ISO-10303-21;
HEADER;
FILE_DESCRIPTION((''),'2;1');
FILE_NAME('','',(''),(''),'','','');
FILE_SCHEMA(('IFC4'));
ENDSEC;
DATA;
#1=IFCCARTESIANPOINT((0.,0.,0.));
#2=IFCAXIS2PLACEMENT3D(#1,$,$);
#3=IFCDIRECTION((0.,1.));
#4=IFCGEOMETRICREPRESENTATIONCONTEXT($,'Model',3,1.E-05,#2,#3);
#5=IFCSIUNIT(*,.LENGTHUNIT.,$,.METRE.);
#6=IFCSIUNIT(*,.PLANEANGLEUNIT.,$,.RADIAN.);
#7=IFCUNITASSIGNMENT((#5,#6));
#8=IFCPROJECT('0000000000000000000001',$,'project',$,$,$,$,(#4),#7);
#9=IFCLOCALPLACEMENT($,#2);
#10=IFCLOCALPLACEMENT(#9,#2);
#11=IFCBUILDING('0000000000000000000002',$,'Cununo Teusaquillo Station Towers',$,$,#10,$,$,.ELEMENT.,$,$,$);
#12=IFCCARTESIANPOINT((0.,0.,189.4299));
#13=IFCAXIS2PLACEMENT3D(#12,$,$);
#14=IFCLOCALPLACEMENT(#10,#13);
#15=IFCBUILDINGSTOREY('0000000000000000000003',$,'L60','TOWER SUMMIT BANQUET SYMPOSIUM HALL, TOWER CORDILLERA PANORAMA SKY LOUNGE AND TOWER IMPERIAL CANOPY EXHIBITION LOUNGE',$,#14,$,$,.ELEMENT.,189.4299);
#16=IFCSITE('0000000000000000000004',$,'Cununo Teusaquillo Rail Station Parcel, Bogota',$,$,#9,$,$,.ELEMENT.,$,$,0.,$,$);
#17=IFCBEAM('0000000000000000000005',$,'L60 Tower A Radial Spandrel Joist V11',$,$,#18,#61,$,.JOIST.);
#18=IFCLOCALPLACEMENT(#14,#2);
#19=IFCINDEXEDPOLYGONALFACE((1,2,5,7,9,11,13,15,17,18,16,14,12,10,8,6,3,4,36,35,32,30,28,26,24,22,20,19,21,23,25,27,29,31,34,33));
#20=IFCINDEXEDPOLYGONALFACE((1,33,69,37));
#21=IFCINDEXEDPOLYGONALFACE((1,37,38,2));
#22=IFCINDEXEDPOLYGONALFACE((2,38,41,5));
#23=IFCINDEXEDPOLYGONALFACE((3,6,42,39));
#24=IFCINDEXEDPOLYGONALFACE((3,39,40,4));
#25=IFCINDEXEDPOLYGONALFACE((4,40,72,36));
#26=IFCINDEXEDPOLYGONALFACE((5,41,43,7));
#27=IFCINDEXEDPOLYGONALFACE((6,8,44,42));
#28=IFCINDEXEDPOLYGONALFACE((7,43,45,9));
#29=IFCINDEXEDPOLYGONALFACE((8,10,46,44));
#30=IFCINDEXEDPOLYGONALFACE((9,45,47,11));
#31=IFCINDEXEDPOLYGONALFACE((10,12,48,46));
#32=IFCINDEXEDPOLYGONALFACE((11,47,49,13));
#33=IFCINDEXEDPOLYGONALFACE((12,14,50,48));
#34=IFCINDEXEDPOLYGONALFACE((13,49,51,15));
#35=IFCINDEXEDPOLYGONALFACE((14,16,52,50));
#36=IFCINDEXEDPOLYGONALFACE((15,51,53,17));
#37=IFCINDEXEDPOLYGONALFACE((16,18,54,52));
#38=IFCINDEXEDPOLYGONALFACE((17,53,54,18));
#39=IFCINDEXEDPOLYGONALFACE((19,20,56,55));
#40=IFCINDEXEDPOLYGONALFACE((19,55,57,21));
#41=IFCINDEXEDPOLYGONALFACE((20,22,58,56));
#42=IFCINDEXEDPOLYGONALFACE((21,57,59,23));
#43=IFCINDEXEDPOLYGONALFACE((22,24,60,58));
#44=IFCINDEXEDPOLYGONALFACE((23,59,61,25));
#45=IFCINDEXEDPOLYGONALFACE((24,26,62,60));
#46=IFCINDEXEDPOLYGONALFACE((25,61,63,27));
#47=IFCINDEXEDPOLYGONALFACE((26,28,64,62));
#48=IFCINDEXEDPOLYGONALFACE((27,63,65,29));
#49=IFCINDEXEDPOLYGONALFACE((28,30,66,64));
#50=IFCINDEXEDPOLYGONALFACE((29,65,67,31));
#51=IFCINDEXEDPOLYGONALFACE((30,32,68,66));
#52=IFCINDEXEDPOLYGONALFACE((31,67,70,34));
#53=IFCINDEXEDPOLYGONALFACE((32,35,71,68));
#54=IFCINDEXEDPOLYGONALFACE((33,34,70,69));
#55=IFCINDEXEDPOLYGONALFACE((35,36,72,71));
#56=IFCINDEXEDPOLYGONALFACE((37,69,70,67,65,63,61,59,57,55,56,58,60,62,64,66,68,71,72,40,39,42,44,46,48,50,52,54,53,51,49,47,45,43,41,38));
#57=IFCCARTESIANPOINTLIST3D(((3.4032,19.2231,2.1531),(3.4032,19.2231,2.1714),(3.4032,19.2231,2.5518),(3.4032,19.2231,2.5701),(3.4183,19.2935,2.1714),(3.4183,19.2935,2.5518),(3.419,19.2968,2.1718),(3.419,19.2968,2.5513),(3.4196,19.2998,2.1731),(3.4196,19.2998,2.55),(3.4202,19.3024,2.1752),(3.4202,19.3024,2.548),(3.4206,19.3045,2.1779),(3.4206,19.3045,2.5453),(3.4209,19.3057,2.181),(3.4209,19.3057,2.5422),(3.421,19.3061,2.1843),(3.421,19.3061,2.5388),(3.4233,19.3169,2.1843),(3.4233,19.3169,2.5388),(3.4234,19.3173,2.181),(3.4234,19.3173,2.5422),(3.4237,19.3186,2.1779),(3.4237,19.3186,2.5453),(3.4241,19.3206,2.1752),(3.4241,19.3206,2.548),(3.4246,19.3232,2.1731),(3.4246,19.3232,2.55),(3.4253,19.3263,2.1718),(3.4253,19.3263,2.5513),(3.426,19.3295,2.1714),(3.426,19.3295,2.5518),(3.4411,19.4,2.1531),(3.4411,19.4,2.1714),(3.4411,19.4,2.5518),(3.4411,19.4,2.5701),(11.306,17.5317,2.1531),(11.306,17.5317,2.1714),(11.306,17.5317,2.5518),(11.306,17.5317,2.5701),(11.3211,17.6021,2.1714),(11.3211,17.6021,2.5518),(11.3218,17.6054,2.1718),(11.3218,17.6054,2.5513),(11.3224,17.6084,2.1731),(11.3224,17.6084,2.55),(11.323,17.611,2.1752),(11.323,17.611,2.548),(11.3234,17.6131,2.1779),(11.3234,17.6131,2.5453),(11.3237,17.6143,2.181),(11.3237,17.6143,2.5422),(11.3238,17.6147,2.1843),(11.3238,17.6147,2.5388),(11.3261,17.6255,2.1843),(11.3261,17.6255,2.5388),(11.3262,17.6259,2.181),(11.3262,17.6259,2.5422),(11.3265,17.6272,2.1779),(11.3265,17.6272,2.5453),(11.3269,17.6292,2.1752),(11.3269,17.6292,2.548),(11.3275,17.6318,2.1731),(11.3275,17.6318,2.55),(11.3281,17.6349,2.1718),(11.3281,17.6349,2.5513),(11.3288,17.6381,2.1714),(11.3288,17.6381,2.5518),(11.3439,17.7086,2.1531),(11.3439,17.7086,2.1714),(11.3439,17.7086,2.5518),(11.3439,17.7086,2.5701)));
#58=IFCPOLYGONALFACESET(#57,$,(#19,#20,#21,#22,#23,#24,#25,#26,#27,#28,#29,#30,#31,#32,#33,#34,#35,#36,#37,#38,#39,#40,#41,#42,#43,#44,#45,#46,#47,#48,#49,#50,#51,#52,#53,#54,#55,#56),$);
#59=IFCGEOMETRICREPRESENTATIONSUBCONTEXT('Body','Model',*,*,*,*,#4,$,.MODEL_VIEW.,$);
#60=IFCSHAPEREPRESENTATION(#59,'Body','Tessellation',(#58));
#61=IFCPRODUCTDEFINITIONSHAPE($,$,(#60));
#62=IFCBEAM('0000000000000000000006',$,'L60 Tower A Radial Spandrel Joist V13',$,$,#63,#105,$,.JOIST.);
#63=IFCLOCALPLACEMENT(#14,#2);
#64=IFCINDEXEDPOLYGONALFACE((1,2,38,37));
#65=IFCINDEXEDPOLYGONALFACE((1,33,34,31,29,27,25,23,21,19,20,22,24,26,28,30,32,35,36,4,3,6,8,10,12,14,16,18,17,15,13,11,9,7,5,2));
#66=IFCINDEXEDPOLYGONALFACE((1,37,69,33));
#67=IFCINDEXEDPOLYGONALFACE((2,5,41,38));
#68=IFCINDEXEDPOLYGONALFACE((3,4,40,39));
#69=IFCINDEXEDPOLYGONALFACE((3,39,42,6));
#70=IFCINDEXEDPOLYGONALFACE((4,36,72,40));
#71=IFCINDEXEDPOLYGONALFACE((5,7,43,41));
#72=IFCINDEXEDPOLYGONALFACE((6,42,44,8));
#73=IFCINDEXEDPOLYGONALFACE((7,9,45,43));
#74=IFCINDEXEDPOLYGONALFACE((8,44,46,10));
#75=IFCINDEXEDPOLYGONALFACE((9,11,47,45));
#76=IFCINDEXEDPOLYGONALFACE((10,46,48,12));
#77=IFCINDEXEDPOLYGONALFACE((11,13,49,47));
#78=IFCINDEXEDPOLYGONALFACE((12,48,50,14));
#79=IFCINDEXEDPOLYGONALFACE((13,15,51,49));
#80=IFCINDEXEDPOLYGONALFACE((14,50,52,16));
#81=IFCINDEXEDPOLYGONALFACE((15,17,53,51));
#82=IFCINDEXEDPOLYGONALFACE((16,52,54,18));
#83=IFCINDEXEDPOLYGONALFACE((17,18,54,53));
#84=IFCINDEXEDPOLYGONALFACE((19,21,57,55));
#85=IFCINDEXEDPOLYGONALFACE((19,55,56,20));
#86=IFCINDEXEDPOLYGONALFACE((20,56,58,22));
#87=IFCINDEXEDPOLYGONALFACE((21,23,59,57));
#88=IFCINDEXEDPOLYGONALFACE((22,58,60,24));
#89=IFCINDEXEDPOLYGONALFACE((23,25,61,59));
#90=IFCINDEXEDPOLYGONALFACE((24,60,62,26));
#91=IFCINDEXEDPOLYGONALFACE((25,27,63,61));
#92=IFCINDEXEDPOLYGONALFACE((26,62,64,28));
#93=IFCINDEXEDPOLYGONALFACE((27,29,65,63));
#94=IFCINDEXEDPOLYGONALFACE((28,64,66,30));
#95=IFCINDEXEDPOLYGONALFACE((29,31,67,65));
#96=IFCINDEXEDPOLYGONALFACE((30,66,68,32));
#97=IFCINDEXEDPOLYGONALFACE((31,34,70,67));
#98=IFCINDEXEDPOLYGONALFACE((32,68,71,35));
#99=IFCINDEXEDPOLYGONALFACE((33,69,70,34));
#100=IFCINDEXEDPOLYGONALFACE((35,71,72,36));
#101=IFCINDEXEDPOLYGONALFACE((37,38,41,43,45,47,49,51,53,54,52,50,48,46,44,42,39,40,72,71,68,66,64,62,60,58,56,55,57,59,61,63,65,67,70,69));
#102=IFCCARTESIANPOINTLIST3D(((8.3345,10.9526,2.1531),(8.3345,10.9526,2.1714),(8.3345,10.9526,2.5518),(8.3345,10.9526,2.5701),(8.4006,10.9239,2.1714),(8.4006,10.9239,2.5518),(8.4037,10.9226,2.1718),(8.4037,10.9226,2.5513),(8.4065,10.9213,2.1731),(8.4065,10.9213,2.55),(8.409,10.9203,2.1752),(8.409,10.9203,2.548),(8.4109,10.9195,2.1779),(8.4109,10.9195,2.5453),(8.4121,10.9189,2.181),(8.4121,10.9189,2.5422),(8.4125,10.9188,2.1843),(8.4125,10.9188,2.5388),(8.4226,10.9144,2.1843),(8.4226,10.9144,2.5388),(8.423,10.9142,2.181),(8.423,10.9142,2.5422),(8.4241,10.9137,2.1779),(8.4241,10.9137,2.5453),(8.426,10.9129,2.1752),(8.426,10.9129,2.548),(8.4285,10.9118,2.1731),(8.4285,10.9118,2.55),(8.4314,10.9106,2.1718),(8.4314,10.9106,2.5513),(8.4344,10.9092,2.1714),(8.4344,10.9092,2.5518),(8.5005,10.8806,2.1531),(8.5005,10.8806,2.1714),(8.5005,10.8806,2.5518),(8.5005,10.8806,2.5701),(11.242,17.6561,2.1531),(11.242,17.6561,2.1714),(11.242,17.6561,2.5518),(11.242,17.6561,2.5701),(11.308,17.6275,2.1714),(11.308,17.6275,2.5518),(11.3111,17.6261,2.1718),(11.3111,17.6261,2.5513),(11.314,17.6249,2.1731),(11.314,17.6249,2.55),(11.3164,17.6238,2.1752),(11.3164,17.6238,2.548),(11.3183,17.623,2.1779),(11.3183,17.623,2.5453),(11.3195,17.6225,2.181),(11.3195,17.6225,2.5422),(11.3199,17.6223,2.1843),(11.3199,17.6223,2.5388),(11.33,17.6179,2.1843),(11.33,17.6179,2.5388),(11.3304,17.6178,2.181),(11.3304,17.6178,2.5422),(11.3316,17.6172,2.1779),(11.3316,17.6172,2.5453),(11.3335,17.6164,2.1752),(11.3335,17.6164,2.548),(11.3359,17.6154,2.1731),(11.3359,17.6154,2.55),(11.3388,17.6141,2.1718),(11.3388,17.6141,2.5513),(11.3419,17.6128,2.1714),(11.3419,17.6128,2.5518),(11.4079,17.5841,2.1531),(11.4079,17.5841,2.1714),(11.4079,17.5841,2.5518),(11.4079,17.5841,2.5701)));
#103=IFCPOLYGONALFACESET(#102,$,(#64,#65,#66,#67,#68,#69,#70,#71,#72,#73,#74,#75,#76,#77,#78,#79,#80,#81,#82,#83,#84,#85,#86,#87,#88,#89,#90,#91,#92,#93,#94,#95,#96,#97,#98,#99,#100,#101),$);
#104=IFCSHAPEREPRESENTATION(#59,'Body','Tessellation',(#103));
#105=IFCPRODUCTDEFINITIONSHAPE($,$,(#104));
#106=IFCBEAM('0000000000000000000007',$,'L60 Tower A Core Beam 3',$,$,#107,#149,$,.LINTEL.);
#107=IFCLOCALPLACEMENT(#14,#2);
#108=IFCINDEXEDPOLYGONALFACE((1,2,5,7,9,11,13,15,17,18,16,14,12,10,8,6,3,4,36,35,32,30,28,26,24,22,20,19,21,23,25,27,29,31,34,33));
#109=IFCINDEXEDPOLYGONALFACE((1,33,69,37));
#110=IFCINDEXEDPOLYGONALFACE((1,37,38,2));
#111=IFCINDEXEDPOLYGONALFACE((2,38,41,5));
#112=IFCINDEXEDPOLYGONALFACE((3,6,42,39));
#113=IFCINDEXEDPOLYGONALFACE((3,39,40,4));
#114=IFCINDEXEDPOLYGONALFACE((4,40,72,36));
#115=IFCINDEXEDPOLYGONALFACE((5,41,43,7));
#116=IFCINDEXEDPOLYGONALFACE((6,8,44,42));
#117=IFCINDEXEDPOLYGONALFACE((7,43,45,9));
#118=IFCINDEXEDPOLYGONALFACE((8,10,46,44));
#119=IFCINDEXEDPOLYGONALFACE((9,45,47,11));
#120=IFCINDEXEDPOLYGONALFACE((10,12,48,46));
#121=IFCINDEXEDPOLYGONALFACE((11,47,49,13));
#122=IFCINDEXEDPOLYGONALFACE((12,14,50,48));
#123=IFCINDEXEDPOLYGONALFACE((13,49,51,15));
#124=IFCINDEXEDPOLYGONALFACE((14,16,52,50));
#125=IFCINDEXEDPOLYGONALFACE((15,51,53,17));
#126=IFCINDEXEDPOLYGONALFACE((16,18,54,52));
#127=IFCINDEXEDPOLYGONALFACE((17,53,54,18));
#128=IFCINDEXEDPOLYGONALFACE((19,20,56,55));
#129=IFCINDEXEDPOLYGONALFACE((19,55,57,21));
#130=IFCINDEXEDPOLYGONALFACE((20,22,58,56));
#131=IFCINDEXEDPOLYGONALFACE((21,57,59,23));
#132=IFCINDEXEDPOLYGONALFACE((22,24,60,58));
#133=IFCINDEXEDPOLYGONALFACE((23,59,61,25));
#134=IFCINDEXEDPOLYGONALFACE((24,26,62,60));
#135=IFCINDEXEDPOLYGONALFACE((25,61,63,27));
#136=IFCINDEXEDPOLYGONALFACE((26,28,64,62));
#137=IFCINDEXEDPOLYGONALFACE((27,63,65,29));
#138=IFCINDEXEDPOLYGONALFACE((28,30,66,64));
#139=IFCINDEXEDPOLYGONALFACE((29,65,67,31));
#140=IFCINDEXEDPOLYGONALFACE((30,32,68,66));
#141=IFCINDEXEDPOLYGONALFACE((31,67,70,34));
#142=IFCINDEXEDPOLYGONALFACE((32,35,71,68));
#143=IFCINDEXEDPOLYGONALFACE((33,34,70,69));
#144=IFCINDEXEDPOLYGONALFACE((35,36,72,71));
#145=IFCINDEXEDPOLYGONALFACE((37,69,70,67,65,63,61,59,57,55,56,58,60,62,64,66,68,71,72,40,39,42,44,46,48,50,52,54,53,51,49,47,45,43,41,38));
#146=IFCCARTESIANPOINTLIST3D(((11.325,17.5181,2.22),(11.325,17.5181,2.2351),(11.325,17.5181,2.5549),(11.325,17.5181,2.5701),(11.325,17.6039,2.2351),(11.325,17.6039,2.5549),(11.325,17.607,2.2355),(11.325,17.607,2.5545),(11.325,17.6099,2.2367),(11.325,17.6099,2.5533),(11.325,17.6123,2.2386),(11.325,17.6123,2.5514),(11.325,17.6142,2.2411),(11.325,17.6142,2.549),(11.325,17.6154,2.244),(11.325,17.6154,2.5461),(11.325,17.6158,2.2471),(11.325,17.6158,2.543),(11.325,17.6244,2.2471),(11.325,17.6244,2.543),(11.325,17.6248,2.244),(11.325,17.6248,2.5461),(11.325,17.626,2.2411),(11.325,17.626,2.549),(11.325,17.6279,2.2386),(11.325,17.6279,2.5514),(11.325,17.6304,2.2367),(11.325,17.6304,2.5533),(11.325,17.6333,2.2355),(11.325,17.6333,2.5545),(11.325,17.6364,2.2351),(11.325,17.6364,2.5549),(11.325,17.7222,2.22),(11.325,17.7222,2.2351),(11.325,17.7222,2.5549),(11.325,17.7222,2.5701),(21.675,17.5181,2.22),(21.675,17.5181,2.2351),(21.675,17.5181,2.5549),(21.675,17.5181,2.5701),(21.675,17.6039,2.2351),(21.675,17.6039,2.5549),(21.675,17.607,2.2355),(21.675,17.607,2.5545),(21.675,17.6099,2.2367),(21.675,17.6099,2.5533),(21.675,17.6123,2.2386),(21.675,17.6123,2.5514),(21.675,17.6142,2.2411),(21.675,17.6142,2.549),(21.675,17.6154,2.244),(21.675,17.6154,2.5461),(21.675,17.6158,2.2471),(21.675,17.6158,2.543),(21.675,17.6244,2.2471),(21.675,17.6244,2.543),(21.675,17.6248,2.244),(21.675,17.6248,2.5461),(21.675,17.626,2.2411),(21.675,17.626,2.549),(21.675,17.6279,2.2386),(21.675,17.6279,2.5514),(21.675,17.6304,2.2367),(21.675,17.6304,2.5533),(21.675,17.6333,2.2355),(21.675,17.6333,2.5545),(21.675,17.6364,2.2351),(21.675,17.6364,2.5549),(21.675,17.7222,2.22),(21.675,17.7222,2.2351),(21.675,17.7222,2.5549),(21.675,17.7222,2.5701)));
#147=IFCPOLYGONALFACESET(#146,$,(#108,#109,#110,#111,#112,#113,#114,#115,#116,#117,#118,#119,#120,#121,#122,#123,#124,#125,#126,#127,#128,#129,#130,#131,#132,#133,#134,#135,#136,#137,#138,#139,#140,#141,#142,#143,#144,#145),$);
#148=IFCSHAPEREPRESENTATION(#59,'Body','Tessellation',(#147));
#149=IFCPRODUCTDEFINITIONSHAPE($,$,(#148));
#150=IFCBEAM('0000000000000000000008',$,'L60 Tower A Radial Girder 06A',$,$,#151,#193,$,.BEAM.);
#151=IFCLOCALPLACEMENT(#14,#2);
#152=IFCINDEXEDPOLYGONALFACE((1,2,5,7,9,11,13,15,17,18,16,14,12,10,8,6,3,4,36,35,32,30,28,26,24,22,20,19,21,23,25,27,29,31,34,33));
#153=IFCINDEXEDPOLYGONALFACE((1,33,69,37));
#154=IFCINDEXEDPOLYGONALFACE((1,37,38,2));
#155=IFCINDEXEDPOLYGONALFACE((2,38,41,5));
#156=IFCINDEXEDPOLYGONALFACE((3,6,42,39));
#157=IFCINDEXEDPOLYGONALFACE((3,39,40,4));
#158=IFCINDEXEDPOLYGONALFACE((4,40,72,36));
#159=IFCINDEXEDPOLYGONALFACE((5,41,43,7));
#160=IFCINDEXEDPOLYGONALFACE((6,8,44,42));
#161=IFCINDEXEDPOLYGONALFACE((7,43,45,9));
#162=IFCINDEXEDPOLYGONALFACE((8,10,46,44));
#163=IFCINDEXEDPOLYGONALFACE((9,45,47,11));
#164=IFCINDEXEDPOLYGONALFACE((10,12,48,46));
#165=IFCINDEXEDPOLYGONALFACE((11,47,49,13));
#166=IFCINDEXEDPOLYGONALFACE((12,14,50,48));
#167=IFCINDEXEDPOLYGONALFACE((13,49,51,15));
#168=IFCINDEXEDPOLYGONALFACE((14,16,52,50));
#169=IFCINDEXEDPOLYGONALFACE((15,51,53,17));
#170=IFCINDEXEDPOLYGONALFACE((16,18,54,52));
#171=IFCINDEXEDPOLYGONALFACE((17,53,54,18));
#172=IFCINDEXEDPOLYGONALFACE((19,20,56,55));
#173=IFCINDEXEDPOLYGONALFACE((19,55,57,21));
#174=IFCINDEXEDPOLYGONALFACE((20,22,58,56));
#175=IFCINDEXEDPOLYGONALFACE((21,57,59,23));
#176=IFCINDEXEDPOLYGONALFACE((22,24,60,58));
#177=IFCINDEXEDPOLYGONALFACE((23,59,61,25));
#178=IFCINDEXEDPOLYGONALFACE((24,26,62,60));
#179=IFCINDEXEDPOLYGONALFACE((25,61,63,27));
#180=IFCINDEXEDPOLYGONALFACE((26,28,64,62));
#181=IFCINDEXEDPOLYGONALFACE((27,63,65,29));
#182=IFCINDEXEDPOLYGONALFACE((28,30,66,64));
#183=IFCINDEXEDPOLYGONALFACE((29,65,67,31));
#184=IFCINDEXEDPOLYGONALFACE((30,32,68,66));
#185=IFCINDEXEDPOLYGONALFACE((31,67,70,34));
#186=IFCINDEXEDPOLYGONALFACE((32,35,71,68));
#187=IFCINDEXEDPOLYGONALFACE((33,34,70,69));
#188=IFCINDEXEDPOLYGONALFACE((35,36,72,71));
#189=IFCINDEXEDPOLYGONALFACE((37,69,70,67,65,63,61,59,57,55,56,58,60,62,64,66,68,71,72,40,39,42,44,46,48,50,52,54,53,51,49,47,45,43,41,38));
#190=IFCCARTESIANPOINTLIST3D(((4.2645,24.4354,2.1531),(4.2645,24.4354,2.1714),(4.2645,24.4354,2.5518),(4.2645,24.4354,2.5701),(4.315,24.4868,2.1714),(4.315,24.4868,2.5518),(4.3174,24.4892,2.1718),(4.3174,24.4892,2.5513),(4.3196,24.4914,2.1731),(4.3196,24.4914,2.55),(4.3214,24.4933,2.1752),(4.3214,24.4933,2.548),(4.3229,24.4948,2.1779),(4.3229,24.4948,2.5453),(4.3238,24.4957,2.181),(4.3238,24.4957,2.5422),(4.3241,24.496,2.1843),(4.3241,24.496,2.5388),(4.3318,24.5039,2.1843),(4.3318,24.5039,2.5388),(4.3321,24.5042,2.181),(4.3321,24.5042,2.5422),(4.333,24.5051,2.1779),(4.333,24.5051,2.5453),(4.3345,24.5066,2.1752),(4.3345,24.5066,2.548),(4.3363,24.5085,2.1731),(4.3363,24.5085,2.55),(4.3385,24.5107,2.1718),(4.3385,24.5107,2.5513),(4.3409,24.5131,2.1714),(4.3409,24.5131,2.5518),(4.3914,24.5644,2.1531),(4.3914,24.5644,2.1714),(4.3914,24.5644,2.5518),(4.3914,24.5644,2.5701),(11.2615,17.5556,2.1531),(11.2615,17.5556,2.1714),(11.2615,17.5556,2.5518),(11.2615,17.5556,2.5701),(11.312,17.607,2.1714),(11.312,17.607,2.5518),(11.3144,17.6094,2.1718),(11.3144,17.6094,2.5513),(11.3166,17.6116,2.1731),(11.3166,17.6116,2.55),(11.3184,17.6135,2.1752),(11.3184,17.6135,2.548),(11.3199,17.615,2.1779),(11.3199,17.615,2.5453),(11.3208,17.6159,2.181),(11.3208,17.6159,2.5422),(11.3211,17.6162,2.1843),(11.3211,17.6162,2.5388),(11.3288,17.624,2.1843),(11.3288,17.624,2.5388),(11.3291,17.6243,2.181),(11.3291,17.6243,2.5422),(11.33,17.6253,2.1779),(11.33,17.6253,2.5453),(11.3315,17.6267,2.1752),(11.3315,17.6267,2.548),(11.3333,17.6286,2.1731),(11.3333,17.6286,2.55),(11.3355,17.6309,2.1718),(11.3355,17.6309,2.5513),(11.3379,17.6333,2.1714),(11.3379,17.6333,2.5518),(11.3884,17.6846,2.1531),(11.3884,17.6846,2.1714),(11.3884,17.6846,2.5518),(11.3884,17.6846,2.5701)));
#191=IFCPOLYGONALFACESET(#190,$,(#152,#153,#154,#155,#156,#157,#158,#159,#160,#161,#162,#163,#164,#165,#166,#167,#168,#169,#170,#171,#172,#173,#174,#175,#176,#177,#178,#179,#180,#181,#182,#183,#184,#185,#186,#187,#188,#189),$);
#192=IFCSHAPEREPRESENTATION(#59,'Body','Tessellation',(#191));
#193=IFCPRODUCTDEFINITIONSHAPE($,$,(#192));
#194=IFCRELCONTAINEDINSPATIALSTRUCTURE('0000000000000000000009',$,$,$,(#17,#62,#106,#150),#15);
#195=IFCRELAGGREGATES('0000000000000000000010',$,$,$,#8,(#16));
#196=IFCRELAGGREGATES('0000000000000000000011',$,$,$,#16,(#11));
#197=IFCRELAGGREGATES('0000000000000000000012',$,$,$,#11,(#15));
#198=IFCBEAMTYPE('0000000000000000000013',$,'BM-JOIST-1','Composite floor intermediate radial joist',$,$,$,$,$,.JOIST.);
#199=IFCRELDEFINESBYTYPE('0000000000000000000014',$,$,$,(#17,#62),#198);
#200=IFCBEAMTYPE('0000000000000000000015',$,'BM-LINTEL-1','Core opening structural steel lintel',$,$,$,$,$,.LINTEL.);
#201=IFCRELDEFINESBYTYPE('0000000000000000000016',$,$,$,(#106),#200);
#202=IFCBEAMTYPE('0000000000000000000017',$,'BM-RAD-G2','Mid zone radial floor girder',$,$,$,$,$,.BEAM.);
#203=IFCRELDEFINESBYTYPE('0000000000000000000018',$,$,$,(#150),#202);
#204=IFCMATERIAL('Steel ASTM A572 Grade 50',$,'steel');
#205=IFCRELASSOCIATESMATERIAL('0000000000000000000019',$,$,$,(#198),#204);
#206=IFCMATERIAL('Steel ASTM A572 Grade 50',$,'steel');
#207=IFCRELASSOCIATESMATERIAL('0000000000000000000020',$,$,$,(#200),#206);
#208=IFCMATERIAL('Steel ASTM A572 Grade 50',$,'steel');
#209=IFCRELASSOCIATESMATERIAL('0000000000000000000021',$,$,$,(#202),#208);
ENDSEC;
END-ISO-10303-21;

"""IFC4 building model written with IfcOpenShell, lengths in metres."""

from ifc_helpers import new_model, si_unit, direction, frame, origin, origin_2d, place, context, subcontext, project, spatial, i_section, extrude, material, material_profile, profile_set, type_object, element, save


model = new_model("IFC4")

# Units and contexts
model_context = context("Model", 3, precision=1e-05, world=origin(), true_north=direction((0.0, 1.0)))
body_context = subcontext(model_context, "Body", "Model", "MODEL_VIEW")
ifc_project = project(units=[si_unit("LENGTHUNIT", "METRE"), si_unit("PLANEANGLEUNIT", "RADIAN")], contexts=[model_context])

# Site, building, storey
site_placement = place(None, origin())
site = spatial("IfcSite", under=ifc_project, at=site_placement, Name="Cununo Teusaquillo Rail Station Parcel, Bogota", CompositionType="ELEMENT", RefElevation=0.0)
building_placement = place(site_placement, origin())
building = spatial("IfcBuilding", under=site, at=building_placement, Name="Cununo Teusaquillo Station Towers", CompositionType="ELEMENT")
storey_placement = place(building_placement, frame((0.0, 0.0, 189.4299)))
storey = spatial("IfcBuildingStorey", under=building, at=storey_placement, Name="L60", Description="TOWER SUMMIT BANQUET SYMPOSIUM HALL, TOWER CORDILLERA PANORAMA SKY LOUNGE AND TOWER IMPERIAL CANOPY EXHIBITION LOUNGE", CompositionType="ELEMENT", Elevation=189.4299)

# Beams
ifc_material_1 = material(Name="Steel ASTM A572 Grade 50", Category="steel")
ifc_material_profile_1 = material_profile(ifc_material_1, i_section(OverallWidth=0.1809, OverallDepth=0.417, WebThickness=0.011, FlangeThickness=0.0183, FilletRadius=0.0129, at=origin_2d()), Name="W16X57")
ifc_profile_set_1 = profile_set([ifc_material_profile_1], Name="Steel ASTM A572 Grade 50")
beam_type_1 = type_object("IfcBeamType", Name="BM-JOIST-1", Description="Composite floor intermediate radial joist", PredefinedType="JOIST", material=ifc_profile_set_1)
beam_1_placement = place(storey_placement, frame((11.325, 17.6201, 2.3616), z_axis=(-0.977855, 0.209286, 0.0), x_axis=(-0.209286, -0.977855, 0.0)))
element("IfcBeam", 1, at=beam_1_placement, inside=storey, type_object=beam_type_1, Name="L60 Tower A Radial Spandrel Joist V11", PredefinedType="JOIST", context=body_context, shape_type="SweptSolid", body=[
    extrude(i_section(OverallWidth=0.1809, OverallDepth=0.417, WebThickness=0.011, FlangeThickness=0.0183, FilletRadius=0.0129, at=origin_2d()), origin(), (0.0, 0.0, 1.0), 8.0818),
])
beam_2_placement = place(storey_placement, frame((11.325, 17.6201, 2.3616), z_axis=(-0.397904, -0.917427, 0.0), x_axis=(0.917427, -0.397904, 0.0)))
element("IfcBeam", 2, at=beam_2_placement, inside=storey, type_object=beam_type_1, Name="L60 Tower A Radial Spandrel Joist V13", PredefinedType="JOIST", context=body_context, shape_type="SweptSolid", body=[
    extrude(i_section(OverallWidth=0.1809, OverallDepth=0.417, WebThickness=0.011, FlangeThickness=0.0183, FilletRadius=0.0129, at=origin_2d()), origin(), (0.0, 0.0, 1.0), 7.3069),
])
ifc_material_2 = material(Name="Steel ASTM A572 Grade 50", Category="steel")
ifc_material_profile_2 = material_profile(ifc_material_2, i_section(OverallWidth=0.2041, OverallDepth=0.3501, WebThickness=0.0085, FlangeThickness=0.0151, FilletRadius=0.012, at=origin_2d()), Name="W14X48")
ifc_profile_set_2 = profile_set([ifc_material_profile_2], Name="Steel ASTM A572 Grade 50")
beam_type_2 = type_object("IfcBeamType", Name="BM-LINTEL-1", Description="Core opening structural steel lintel", PredefinedType="LINTEL", material=ifc_profile_set_2)
beam_3_placement = place(storey_placement, frame((11.325, 17.6201, 2.395), z_axis=(1.0, 0.0, 0.0), x_axis=(0.0, 1.0, 0.0)))
element("IfcBeam", 3, at=beam_3_placement, inside=storey, type_object=beam_type_2, Name="L60 Tower A Core Beam 3", PredefinedType="LINTEL", context=body_context, shape_type="SweptSolid", body=[
    extrude(i_section(OverallWidth=0.2041, OverallDepth=0.3501, WebThickness=0.0085, FlangeThickness=0.0151, FilletRadius=0.012, at=origin_2d()), origin(), (0.0, 0.0, 1.0), 10.3501),
])
ifc_material_3 = material(Name="Steel ASTM A572 Grade 50", Category="steel")
ifc_material_profile_3 = material_profile(ifc_material_3, i_section(OverallWidth=0.1809, OverallDepth=0.417, WebThickness=0.011, FlangeThickness=0.0183, FilletRadius=0.0129, at=origin_2d()), Name="W16X57")
ifc_profile_set_3 = profile_set([ifc_material_profile_3], Name="Steel ASTM A572 Grade 50")
beam_type_3 = type_object("IfcBeamType", Name="BM-RAD-G2", Description="Mid zone radial floor girder", PredefinedType="BEAM", material=ifc_profile_set_3)
beam_4_placement = place(storey_placement, frame((11.325, 17.6201, 2.3616), z_axis=(-0.713053, 0.70111, 0.0), x_axis=(-0.70111, -0.713053, 0.0)))
element("IfcBeam", 4, at=beam_4_placement, inside=storey, type_object=beam_type_3, Name="L60 Tower A Radial Girder 06A", PredefinedType="BEAM", context=body_context, shape_type="SweptSolid", body=[
    extrude(i_section(OverallWidth=0.1809, OverallDepth=0.417, WebThickness=0.011, FlangeThickness=0.0183, FilletRadius=0.0129, at=origin_2d()), origin(), (0.0, 0.0, 1.0), 9.8127),
])

save(model, "model.ifc")
